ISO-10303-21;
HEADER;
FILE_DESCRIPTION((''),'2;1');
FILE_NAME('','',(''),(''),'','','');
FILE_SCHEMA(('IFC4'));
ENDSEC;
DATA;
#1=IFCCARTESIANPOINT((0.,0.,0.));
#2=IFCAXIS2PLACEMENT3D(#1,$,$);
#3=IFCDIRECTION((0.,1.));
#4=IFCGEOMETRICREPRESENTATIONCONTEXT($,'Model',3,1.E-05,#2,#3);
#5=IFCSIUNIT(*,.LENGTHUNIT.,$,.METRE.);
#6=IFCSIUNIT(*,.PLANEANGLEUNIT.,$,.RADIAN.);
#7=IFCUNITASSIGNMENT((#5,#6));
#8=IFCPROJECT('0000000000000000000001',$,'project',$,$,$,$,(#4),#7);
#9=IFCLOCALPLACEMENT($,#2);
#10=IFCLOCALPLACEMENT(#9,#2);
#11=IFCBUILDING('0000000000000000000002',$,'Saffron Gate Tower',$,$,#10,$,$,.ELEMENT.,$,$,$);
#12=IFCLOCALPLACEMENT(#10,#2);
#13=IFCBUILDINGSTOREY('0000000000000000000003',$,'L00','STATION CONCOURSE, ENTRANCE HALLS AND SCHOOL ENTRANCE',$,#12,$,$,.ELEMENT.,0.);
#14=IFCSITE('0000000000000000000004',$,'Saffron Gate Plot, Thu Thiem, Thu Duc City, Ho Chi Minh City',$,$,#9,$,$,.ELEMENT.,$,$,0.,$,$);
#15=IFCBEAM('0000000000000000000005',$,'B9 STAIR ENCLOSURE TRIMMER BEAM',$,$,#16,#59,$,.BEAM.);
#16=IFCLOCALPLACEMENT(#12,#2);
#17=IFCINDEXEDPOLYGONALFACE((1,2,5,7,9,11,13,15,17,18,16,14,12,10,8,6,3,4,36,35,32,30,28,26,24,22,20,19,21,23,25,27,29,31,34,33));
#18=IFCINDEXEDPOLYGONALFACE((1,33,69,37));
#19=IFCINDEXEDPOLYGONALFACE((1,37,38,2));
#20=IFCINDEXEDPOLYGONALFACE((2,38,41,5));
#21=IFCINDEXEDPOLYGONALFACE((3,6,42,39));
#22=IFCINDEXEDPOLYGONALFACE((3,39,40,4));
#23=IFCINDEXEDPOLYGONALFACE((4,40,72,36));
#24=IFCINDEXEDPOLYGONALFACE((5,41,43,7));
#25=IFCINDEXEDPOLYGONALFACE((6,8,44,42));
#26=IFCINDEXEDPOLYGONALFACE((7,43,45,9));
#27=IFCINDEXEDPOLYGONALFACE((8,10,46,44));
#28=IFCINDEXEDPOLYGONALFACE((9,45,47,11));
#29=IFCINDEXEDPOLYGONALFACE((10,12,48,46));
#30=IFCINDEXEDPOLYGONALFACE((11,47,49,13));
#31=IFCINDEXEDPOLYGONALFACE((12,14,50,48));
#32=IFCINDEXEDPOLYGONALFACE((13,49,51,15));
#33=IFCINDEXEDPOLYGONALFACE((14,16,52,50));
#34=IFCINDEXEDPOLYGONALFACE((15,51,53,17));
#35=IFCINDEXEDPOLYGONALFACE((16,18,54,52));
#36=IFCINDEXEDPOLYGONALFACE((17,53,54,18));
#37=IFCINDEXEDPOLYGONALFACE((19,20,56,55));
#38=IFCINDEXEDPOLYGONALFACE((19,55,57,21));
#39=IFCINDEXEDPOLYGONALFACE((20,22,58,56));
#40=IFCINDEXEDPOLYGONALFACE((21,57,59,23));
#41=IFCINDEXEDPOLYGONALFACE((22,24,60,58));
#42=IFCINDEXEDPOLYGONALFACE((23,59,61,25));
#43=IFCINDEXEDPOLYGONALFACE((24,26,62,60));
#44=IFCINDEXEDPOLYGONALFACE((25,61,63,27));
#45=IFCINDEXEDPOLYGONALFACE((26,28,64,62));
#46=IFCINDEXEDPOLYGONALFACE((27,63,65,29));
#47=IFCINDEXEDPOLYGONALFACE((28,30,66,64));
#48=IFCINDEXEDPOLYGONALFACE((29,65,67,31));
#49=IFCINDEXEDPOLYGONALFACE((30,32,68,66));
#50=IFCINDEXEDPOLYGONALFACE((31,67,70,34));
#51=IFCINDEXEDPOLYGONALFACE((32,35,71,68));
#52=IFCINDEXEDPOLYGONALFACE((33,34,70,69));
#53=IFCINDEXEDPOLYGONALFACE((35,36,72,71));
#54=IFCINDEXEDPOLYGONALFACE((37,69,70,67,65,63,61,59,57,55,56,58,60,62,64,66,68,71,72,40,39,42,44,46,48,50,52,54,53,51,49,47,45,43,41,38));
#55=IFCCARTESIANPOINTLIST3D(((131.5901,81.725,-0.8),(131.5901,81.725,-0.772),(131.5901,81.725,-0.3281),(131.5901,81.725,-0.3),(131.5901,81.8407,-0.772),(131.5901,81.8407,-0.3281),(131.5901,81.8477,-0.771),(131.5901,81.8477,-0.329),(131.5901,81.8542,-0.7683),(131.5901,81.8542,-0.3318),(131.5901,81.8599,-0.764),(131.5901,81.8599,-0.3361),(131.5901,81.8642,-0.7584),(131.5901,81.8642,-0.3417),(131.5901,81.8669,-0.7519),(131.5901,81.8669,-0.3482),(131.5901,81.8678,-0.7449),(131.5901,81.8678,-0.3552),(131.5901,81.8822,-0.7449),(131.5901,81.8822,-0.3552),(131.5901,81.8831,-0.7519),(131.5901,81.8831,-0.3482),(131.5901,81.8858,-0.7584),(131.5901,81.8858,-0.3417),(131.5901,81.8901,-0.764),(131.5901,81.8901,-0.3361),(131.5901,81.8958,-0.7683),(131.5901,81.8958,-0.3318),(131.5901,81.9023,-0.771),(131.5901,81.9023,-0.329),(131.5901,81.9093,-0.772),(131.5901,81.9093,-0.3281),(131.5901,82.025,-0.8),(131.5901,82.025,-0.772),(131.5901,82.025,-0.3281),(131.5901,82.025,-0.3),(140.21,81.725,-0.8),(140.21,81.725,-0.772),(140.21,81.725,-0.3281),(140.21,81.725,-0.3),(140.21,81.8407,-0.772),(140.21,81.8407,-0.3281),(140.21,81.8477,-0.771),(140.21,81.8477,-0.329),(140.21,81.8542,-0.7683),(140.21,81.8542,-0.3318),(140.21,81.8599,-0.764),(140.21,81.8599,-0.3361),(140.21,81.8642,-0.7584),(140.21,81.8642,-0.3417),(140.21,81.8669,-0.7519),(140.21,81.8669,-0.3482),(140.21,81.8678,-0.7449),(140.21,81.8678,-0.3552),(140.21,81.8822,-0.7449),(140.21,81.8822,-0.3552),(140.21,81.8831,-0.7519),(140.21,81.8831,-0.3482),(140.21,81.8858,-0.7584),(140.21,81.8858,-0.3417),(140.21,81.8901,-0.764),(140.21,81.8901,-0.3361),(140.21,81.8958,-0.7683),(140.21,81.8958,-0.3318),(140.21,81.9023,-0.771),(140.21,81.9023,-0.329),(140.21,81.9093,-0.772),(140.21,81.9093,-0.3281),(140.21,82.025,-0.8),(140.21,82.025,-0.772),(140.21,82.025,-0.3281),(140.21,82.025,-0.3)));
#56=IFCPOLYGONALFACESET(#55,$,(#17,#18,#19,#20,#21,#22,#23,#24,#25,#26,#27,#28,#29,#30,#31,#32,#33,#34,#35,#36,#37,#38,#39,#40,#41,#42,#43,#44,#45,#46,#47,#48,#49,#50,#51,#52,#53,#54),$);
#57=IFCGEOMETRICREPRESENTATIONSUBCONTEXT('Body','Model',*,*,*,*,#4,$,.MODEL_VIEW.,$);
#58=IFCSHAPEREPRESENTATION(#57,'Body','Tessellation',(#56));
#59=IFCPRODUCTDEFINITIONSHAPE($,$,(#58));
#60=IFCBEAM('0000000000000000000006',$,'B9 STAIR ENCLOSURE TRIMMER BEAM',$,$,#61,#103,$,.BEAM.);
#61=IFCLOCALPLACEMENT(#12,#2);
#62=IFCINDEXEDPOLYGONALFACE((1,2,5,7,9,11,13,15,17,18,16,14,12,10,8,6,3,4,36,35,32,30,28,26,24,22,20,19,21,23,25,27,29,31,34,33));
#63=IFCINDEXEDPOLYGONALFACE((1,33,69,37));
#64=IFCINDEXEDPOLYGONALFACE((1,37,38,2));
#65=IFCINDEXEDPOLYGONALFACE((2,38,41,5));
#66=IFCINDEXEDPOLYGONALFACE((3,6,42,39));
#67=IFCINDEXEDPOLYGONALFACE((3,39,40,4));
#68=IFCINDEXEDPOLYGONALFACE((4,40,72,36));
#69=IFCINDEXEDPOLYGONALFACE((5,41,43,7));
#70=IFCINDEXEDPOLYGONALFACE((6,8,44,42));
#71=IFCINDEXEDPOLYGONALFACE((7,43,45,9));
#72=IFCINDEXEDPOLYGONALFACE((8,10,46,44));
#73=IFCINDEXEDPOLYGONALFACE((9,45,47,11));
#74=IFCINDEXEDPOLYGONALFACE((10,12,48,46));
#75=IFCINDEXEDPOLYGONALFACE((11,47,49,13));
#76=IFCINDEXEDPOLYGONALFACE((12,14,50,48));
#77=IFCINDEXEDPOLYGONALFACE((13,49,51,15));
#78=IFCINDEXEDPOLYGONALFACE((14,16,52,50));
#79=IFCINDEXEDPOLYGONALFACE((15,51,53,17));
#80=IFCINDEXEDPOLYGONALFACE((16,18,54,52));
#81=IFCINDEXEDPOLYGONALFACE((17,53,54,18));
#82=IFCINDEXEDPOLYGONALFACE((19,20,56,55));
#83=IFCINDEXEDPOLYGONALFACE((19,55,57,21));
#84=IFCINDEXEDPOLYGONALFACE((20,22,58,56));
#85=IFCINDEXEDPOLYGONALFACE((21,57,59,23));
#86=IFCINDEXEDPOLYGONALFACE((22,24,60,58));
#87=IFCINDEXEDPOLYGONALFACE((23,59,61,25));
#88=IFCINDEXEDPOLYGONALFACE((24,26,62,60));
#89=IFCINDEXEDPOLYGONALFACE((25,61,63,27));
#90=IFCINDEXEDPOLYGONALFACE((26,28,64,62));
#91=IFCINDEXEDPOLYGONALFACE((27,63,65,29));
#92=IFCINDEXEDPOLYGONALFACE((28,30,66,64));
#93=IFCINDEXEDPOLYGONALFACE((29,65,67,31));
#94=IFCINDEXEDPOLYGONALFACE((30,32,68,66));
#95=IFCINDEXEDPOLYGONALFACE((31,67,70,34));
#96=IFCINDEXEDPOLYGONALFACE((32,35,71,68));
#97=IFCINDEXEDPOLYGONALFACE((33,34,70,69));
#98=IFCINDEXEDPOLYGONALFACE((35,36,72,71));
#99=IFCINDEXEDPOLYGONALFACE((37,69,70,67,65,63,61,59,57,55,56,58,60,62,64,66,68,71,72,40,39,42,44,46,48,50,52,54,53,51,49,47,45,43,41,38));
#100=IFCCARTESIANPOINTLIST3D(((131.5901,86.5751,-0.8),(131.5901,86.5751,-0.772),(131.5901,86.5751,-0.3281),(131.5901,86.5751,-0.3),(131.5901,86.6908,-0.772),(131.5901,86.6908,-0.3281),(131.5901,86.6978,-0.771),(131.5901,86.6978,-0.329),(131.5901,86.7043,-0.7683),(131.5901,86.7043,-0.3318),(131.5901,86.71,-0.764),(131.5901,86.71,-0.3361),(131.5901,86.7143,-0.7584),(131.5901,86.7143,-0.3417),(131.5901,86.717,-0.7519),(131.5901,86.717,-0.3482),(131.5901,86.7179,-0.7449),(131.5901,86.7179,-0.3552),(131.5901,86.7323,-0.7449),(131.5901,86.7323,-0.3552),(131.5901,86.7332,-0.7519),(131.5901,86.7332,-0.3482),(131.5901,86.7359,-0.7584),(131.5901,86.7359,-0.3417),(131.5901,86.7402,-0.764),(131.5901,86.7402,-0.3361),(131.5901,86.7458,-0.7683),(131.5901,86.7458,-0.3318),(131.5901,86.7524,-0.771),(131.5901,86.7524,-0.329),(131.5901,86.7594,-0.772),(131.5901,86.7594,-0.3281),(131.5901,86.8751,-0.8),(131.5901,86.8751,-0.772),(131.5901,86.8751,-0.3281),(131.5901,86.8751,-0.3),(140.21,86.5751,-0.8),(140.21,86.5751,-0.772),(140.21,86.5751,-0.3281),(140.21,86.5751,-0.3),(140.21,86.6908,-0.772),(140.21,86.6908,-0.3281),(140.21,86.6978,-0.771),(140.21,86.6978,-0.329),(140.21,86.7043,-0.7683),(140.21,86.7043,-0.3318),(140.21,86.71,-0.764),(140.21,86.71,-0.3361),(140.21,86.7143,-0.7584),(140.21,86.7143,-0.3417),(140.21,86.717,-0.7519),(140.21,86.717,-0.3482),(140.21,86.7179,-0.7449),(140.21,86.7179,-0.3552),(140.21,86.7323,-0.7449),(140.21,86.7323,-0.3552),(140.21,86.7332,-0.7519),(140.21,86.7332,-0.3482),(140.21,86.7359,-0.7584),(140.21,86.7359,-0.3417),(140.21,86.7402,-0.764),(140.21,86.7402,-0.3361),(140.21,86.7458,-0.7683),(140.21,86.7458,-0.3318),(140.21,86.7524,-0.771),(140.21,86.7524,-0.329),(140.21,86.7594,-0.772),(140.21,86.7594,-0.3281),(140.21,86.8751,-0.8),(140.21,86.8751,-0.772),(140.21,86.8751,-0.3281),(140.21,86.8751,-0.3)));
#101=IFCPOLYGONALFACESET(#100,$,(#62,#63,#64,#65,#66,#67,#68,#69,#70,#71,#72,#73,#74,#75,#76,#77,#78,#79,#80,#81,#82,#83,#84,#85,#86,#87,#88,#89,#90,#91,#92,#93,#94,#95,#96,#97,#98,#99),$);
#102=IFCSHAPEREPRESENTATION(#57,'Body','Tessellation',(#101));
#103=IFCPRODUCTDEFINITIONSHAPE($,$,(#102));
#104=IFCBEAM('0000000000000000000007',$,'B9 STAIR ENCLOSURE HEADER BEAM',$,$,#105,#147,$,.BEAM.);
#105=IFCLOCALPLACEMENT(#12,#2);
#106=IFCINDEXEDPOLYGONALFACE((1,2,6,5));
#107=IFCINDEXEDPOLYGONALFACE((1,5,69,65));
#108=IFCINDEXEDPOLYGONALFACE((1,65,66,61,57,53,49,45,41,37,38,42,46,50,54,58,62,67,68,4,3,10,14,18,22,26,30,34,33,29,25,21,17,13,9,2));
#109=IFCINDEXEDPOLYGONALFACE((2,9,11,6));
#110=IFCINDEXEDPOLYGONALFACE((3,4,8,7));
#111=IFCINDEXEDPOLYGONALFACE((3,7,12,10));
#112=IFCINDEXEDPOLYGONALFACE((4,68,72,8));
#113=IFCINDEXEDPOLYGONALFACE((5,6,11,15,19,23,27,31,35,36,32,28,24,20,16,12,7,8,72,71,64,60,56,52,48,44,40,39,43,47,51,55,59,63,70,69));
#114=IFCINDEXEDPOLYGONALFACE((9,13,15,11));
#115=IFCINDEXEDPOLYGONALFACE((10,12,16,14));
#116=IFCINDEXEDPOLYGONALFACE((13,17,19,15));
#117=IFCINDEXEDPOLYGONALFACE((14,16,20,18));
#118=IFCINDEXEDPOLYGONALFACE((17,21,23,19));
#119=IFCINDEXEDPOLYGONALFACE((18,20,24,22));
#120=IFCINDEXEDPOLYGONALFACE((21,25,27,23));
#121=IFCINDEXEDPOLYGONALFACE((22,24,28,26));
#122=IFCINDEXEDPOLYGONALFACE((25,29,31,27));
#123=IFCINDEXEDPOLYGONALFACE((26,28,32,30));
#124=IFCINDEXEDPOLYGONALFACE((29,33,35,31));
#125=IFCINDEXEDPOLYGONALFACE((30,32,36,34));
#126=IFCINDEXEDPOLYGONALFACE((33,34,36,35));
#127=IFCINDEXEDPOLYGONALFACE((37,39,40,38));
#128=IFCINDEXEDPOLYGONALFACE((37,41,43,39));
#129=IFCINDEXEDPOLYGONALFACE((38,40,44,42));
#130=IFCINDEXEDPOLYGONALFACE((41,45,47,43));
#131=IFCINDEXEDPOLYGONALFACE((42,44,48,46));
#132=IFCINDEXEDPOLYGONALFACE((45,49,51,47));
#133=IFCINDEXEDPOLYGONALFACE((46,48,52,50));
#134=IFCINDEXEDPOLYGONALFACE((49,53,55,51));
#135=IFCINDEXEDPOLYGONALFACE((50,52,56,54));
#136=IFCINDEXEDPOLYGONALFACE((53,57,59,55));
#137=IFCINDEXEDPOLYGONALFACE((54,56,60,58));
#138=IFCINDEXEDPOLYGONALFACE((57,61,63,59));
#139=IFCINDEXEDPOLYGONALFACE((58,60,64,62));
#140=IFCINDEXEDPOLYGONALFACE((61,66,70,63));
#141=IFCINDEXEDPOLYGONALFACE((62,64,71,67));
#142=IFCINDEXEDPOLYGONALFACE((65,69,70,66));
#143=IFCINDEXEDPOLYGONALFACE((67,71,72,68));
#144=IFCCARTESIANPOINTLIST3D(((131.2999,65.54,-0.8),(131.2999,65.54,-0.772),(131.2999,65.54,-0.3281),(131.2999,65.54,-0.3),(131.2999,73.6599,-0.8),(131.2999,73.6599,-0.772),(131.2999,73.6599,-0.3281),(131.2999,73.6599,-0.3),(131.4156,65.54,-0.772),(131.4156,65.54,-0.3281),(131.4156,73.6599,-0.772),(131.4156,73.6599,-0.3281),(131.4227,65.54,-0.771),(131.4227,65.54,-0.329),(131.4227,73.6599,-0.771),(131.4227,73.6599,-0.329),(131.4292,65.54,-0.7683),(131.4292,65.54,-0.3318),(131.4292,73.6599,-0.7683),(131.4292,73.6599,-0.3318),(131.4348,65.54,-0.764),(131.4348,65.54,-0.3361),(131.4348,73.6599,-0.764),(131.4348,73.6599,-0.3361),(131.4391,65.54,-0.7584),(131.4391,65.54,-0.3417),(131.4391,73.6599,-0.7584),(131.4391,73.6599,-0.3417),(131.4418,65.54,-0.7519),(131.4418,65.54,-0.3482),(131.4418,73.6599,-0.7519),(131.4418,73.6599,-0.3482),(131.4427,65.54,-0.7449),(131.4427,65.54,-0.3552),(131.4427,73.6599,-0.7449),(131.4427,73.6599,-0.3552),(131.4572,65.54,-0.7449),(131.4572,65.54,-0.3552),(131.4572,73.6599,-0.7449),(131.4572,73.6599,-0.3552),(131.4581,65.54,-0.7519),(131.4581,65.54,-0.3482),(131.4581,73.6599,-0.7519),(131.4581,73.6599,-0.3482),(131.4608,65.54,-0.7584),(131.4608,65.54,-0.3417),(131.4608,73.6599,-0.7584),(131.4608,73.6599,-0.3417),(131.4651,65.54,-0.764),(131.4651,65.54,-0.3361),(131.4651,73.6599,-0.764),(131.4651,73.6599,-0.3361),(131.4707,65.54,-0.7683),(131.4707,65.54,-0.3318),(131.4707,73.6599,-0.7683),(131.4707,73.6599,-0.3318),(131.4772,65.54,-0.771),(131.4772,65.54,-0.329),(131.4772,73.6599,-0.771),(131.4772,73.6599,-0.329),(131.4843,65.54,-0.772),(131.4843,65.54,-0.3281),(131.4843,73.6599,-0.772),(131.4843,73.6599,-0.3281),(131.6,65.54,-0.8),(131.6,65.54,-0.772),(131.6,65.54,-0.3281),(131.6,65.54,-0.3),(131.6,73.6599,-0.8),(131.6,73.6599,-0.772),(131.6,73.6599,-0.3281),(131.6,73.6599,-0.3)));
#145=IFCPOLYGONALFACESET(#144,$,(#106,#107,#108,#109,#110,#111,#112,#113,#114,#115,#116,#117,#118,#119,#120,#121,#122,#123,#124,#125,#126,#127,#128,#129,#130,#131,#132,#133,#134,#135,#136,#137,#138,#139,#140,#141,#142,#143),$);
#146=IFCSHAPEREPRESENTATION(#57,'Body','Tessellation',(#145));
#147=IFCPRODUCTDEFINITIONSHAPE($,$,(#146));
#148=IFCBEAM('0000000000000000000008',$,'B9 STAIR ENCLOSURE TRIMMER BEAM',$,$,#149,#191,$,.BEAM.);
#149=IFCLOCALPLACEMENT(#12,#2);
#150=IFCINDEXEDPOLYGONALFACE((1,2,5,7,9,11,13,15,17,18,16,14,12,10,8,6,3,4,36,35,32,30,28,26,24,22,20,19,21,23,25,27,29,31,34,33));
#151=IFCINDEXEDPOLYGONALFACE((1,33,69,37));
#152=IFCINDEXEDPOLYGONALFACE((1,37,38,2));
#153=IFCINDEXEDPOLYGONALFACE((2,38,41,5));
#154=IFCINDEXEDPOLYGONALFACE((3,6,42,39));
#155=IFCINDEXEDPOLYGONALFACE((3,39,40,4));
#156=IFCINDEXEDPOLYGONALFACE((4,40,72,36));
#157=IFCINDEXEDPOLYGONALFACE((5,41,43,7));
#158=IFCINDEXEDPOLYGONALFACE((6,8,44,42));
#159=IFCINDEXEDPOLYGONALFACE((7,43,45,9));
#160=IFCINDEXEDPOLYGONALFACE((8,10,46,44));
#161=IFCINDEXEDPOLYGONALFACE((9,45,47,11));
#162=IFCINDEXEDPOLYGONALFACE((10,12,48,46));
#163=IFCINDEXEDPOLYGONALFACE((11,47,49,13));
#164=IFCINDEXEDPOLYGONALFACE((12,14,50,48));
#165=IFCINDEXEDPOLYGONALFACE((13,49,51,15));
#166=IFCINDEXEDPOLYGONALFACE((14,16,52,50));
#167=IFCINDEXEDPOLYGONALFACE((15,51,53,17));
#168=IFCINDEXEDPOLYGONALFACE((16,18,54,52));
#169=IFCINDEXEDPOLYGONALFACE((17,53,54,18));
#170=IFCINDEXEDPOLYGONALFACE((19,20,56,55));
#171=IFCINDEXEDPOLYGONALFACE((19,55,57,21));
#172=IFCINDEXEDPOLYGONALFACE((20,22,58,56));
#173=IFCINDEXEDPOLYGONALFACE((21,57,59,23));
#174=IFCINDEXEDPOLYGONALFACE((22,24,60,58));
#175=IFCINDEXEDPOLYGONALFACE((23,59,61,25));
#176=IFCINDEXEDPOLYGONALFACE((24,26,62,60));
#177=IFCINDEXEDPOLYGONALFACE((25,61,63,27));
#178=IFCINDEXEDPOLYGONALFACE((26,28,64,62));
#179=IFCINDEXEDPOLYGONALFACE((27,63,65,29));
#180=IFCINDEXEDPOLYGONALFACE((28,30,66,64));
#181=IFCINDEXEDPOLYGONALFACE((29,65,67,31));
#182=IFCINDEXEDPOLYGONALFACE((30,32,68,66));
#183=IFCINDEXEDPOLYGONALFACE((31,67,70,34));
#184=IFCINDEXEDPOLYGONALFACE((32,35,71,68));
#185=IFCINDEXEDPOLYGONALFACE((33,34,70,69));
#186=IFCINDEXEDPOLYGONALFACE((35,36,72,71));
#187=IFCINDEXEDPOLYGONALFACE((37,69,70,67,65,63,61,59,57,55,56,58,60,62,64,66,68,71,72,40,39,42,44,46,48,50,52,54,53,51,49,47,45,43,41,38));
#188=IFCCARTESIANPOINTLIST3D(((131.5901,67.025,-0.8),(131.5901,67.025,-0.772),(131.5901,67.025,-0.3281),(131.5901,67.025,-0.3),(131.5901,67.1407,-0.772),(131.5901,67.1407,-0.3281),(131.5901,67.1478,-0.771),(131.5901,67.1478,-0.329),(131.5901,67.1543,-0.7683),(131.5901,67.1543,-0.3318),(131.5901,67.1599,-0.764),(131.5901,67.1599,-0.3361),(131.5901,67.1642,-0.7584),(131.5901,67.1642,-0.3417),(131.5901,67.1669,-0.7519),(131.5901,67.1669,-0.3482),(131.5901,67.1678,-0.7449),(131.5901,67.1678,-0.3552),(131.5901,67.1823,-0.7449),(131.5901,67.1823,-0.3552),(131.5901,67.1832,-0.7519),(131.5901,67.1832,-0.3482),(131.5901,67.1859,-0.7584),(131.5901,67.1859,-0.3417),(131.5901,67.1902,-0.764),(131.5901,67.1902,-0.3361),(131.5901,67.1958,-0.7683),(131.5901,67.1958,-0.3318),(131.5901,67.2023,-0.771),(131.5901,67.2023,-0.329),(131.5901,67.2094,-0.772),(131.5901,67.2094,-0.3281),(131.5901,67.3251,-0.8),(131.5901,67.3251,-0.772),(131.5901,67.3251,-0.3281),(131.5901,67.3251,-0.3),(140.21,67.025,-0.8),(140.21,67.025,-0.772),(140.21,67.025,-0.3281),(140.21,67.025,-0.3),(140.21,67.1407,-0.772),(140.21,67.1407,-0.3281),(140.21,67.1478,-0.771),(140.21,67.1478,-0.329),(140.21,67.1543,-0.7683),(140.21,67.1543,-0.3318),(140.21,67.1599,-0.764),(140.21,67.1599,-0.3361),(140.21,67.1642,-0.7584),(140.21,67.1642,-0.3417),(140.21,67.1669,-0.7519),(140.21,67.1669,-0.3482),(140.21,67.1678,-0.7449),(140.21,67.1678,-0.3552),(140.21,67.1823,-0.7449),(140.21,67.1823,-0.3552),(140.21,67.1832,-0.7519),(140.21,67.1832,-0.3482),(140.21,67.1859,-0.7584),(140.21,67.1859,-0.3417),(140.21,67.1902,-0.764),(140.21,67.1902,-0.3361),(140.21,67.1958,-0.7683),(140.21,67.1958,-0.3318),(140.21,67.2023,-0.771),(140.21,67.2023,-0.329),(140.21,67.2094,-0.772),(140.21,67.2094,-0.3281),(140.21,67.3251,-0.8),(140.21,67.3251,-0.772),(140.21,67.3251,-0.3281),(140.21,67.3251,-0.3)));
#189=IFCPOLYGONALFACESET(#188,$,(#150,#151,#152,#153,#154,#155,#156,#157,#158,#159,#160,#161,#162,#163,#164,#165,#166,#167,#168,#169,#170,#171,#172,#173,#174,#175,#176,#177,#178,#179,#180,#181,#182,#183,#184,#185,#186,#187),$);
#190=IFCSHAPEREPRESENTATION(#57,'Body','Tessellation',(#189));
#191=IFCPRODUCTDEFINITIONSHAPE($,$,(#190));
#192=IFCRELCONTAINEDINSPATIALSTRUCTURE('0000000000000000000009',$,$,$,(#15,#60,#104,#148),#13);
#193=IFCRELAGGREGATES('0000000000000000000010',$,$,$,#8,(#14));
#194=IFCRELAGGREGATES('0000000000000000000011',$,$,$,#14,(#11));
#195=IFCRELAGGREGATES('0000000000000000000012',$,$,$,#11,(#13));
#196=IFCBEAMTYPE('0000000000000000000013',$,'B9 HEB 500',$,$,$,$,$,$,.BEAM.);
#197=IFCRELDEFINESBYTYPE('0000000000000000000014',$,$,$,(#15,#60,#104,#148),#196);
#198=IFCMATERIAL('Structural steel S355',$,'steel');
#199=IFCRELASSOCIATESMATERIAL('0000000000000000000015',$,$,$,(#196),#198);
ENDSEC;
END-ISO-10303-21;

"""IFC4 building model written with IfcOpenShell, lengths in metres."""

from ifc_helpers import new_model, si_unit, direction, frame, origin, origin_2d, place, context, subcontext, project, spatial, i_section, extrude, material, material_profile, profile_set, type_object, element, save


model = new_model("IFC4")

# Units and contexts
model_context = context("Model", 3, precision=1e-05, world=origin(), true_north=direction((0.0, 1.0)))
body_context = subcontext(model_context, "Body", "Model", "MODEL_VIEW")
ifc_project = project(units=[si_unit("LENGTHUNIT", "METRE"), si_unit("PLANEANGLEUNIT", "RADIAN")], contexts=[model_context])

# Site, building, storey
site_placement = place(None, origin())
site = spatial("IfcSite", under=ifc_project, at=site_placement, Name="Saffron Gate Plot, Thu Thiem, Thu Duc City, Ho Chi Minh City", CompositionType="ELEMENT", RefElevation=0.0)
building_placement = place(site_placement, origin())
building = spatial("IfcBuilding", under=site, at=building_placement, Name="Saffron Gate Tower", CompositionType="ELEMENT")
storey_placement = place(building_placement, origin())
storey = spatial("IfcBuildingStorey", under=building, at=storey_placement, Name="L00", Description="STATION CONCOURSE, ENTRANCE HALLS AND SCHOOL ENTRANCE", CompositionType="ELEMENT", Elevation=0.0)

# Beams
ifc_material_1 = material(Name="Structural steel S355", Category="steel")
ifc_material_profile_1 = material_profile(ifc_material_1, i_section(OverallWidth=0.3, OverallDepth=0.5, WebThickness=0.0144, FlangeThickness=0.0281, FilletRadius=0.0271, at=origin_2d()))
ifc_profile_set_1 = profile_set([ifc_material_profile_1], Name="Structural steel S355")
beam_type_1 = type_object("IfcBeamType", Name="B9 HEB 500", PredefinedType="BEAM", material=ifc_profile_set_1)
for number, where, z_axis, x_axis, name in (
    (1, (131.5901, 81.875, -0.55), (1.0, 0.0, 0.0), (0.0, 1.0, 0.0), "B9 STAIR ENCLOSURE TRIMMER BEAM"),
    (2, (131.5901, 86.7251, -0.55), (1.0, 0.0, 0.0), (0.0, 1.0, 0.0), "B9 STAIR ENCLOSURE TRIMMER BEAM"),
):
    element("IfcBeam", number, at=place(storey_placement, frame(where, z_axis=z_axis, x_axis=x_axis)), inside=storey, type_object=beam_type_1, Name=name, PredefinedType="BEAM", context=body_context, shape_type="SweptSolid", body=[
        extrude(i_section(OverallWidth=0.3, OverallDepth=0.5, WebThickness=0.0144, FlangeThickness=0.0281, FilletRadius=0.0271, at=origin_2d()), origin(), (0.0, 0.0, 1.0), 8.6199),
    ])
beam_1_placement = place(storey_placement, frame((131.45, 65.54, -0.55), z_axis=(0.0, 1.0, 0.0), x_axis=(-1.0, 0.0, 0.0)))
element("IfcBeam", 3, at=beam_1_placement, inside=storey, type_object=beam_type_1, Name="B9 STAIR ENCLOSURE HEADER BEAM", PredefinedType="BEAM", context=body_context, shape_type="SweptSolid", body=[
    extrude(i_section(OverallWidth=0.3, OverallDepth=0.5, WebThickness=0.0144, FlangeThickness=0.0281, FilletRadius=0.0271, at=origin_2d()), origin(), (0.0, 0.0, 1.0), 8.1199),
])
for number, where, z_axis, x_axis, name in (
    (4, (131.5901, 67.175, -0.55), (1.0, 0.0, 0.0), (0.0, 1.0, 0.0), "B9 STAIR ENCLOSURE TRIMMER BEAM"),
):
    element("IfcBeam", number, at=place(storey_placement, frame(where, z_axis=z_axis, x_axis=x_axis)), inside=storey, type_object=beam_type_1, Name=name, PredefinedType="BEAM", context=body_context, shape_type="SweptSolid", body=[
        extrude(i_section(OverallWidth=0.3, OverallDepth=0.5, WebThickness=0.0144, FlangeThickness=0.0281, FilletRadius=0.0271, at=origin_2d()), origin(), (0.0, 0.0, 1.0), 8.6199),
    ])

save(model, "model.ifc")
